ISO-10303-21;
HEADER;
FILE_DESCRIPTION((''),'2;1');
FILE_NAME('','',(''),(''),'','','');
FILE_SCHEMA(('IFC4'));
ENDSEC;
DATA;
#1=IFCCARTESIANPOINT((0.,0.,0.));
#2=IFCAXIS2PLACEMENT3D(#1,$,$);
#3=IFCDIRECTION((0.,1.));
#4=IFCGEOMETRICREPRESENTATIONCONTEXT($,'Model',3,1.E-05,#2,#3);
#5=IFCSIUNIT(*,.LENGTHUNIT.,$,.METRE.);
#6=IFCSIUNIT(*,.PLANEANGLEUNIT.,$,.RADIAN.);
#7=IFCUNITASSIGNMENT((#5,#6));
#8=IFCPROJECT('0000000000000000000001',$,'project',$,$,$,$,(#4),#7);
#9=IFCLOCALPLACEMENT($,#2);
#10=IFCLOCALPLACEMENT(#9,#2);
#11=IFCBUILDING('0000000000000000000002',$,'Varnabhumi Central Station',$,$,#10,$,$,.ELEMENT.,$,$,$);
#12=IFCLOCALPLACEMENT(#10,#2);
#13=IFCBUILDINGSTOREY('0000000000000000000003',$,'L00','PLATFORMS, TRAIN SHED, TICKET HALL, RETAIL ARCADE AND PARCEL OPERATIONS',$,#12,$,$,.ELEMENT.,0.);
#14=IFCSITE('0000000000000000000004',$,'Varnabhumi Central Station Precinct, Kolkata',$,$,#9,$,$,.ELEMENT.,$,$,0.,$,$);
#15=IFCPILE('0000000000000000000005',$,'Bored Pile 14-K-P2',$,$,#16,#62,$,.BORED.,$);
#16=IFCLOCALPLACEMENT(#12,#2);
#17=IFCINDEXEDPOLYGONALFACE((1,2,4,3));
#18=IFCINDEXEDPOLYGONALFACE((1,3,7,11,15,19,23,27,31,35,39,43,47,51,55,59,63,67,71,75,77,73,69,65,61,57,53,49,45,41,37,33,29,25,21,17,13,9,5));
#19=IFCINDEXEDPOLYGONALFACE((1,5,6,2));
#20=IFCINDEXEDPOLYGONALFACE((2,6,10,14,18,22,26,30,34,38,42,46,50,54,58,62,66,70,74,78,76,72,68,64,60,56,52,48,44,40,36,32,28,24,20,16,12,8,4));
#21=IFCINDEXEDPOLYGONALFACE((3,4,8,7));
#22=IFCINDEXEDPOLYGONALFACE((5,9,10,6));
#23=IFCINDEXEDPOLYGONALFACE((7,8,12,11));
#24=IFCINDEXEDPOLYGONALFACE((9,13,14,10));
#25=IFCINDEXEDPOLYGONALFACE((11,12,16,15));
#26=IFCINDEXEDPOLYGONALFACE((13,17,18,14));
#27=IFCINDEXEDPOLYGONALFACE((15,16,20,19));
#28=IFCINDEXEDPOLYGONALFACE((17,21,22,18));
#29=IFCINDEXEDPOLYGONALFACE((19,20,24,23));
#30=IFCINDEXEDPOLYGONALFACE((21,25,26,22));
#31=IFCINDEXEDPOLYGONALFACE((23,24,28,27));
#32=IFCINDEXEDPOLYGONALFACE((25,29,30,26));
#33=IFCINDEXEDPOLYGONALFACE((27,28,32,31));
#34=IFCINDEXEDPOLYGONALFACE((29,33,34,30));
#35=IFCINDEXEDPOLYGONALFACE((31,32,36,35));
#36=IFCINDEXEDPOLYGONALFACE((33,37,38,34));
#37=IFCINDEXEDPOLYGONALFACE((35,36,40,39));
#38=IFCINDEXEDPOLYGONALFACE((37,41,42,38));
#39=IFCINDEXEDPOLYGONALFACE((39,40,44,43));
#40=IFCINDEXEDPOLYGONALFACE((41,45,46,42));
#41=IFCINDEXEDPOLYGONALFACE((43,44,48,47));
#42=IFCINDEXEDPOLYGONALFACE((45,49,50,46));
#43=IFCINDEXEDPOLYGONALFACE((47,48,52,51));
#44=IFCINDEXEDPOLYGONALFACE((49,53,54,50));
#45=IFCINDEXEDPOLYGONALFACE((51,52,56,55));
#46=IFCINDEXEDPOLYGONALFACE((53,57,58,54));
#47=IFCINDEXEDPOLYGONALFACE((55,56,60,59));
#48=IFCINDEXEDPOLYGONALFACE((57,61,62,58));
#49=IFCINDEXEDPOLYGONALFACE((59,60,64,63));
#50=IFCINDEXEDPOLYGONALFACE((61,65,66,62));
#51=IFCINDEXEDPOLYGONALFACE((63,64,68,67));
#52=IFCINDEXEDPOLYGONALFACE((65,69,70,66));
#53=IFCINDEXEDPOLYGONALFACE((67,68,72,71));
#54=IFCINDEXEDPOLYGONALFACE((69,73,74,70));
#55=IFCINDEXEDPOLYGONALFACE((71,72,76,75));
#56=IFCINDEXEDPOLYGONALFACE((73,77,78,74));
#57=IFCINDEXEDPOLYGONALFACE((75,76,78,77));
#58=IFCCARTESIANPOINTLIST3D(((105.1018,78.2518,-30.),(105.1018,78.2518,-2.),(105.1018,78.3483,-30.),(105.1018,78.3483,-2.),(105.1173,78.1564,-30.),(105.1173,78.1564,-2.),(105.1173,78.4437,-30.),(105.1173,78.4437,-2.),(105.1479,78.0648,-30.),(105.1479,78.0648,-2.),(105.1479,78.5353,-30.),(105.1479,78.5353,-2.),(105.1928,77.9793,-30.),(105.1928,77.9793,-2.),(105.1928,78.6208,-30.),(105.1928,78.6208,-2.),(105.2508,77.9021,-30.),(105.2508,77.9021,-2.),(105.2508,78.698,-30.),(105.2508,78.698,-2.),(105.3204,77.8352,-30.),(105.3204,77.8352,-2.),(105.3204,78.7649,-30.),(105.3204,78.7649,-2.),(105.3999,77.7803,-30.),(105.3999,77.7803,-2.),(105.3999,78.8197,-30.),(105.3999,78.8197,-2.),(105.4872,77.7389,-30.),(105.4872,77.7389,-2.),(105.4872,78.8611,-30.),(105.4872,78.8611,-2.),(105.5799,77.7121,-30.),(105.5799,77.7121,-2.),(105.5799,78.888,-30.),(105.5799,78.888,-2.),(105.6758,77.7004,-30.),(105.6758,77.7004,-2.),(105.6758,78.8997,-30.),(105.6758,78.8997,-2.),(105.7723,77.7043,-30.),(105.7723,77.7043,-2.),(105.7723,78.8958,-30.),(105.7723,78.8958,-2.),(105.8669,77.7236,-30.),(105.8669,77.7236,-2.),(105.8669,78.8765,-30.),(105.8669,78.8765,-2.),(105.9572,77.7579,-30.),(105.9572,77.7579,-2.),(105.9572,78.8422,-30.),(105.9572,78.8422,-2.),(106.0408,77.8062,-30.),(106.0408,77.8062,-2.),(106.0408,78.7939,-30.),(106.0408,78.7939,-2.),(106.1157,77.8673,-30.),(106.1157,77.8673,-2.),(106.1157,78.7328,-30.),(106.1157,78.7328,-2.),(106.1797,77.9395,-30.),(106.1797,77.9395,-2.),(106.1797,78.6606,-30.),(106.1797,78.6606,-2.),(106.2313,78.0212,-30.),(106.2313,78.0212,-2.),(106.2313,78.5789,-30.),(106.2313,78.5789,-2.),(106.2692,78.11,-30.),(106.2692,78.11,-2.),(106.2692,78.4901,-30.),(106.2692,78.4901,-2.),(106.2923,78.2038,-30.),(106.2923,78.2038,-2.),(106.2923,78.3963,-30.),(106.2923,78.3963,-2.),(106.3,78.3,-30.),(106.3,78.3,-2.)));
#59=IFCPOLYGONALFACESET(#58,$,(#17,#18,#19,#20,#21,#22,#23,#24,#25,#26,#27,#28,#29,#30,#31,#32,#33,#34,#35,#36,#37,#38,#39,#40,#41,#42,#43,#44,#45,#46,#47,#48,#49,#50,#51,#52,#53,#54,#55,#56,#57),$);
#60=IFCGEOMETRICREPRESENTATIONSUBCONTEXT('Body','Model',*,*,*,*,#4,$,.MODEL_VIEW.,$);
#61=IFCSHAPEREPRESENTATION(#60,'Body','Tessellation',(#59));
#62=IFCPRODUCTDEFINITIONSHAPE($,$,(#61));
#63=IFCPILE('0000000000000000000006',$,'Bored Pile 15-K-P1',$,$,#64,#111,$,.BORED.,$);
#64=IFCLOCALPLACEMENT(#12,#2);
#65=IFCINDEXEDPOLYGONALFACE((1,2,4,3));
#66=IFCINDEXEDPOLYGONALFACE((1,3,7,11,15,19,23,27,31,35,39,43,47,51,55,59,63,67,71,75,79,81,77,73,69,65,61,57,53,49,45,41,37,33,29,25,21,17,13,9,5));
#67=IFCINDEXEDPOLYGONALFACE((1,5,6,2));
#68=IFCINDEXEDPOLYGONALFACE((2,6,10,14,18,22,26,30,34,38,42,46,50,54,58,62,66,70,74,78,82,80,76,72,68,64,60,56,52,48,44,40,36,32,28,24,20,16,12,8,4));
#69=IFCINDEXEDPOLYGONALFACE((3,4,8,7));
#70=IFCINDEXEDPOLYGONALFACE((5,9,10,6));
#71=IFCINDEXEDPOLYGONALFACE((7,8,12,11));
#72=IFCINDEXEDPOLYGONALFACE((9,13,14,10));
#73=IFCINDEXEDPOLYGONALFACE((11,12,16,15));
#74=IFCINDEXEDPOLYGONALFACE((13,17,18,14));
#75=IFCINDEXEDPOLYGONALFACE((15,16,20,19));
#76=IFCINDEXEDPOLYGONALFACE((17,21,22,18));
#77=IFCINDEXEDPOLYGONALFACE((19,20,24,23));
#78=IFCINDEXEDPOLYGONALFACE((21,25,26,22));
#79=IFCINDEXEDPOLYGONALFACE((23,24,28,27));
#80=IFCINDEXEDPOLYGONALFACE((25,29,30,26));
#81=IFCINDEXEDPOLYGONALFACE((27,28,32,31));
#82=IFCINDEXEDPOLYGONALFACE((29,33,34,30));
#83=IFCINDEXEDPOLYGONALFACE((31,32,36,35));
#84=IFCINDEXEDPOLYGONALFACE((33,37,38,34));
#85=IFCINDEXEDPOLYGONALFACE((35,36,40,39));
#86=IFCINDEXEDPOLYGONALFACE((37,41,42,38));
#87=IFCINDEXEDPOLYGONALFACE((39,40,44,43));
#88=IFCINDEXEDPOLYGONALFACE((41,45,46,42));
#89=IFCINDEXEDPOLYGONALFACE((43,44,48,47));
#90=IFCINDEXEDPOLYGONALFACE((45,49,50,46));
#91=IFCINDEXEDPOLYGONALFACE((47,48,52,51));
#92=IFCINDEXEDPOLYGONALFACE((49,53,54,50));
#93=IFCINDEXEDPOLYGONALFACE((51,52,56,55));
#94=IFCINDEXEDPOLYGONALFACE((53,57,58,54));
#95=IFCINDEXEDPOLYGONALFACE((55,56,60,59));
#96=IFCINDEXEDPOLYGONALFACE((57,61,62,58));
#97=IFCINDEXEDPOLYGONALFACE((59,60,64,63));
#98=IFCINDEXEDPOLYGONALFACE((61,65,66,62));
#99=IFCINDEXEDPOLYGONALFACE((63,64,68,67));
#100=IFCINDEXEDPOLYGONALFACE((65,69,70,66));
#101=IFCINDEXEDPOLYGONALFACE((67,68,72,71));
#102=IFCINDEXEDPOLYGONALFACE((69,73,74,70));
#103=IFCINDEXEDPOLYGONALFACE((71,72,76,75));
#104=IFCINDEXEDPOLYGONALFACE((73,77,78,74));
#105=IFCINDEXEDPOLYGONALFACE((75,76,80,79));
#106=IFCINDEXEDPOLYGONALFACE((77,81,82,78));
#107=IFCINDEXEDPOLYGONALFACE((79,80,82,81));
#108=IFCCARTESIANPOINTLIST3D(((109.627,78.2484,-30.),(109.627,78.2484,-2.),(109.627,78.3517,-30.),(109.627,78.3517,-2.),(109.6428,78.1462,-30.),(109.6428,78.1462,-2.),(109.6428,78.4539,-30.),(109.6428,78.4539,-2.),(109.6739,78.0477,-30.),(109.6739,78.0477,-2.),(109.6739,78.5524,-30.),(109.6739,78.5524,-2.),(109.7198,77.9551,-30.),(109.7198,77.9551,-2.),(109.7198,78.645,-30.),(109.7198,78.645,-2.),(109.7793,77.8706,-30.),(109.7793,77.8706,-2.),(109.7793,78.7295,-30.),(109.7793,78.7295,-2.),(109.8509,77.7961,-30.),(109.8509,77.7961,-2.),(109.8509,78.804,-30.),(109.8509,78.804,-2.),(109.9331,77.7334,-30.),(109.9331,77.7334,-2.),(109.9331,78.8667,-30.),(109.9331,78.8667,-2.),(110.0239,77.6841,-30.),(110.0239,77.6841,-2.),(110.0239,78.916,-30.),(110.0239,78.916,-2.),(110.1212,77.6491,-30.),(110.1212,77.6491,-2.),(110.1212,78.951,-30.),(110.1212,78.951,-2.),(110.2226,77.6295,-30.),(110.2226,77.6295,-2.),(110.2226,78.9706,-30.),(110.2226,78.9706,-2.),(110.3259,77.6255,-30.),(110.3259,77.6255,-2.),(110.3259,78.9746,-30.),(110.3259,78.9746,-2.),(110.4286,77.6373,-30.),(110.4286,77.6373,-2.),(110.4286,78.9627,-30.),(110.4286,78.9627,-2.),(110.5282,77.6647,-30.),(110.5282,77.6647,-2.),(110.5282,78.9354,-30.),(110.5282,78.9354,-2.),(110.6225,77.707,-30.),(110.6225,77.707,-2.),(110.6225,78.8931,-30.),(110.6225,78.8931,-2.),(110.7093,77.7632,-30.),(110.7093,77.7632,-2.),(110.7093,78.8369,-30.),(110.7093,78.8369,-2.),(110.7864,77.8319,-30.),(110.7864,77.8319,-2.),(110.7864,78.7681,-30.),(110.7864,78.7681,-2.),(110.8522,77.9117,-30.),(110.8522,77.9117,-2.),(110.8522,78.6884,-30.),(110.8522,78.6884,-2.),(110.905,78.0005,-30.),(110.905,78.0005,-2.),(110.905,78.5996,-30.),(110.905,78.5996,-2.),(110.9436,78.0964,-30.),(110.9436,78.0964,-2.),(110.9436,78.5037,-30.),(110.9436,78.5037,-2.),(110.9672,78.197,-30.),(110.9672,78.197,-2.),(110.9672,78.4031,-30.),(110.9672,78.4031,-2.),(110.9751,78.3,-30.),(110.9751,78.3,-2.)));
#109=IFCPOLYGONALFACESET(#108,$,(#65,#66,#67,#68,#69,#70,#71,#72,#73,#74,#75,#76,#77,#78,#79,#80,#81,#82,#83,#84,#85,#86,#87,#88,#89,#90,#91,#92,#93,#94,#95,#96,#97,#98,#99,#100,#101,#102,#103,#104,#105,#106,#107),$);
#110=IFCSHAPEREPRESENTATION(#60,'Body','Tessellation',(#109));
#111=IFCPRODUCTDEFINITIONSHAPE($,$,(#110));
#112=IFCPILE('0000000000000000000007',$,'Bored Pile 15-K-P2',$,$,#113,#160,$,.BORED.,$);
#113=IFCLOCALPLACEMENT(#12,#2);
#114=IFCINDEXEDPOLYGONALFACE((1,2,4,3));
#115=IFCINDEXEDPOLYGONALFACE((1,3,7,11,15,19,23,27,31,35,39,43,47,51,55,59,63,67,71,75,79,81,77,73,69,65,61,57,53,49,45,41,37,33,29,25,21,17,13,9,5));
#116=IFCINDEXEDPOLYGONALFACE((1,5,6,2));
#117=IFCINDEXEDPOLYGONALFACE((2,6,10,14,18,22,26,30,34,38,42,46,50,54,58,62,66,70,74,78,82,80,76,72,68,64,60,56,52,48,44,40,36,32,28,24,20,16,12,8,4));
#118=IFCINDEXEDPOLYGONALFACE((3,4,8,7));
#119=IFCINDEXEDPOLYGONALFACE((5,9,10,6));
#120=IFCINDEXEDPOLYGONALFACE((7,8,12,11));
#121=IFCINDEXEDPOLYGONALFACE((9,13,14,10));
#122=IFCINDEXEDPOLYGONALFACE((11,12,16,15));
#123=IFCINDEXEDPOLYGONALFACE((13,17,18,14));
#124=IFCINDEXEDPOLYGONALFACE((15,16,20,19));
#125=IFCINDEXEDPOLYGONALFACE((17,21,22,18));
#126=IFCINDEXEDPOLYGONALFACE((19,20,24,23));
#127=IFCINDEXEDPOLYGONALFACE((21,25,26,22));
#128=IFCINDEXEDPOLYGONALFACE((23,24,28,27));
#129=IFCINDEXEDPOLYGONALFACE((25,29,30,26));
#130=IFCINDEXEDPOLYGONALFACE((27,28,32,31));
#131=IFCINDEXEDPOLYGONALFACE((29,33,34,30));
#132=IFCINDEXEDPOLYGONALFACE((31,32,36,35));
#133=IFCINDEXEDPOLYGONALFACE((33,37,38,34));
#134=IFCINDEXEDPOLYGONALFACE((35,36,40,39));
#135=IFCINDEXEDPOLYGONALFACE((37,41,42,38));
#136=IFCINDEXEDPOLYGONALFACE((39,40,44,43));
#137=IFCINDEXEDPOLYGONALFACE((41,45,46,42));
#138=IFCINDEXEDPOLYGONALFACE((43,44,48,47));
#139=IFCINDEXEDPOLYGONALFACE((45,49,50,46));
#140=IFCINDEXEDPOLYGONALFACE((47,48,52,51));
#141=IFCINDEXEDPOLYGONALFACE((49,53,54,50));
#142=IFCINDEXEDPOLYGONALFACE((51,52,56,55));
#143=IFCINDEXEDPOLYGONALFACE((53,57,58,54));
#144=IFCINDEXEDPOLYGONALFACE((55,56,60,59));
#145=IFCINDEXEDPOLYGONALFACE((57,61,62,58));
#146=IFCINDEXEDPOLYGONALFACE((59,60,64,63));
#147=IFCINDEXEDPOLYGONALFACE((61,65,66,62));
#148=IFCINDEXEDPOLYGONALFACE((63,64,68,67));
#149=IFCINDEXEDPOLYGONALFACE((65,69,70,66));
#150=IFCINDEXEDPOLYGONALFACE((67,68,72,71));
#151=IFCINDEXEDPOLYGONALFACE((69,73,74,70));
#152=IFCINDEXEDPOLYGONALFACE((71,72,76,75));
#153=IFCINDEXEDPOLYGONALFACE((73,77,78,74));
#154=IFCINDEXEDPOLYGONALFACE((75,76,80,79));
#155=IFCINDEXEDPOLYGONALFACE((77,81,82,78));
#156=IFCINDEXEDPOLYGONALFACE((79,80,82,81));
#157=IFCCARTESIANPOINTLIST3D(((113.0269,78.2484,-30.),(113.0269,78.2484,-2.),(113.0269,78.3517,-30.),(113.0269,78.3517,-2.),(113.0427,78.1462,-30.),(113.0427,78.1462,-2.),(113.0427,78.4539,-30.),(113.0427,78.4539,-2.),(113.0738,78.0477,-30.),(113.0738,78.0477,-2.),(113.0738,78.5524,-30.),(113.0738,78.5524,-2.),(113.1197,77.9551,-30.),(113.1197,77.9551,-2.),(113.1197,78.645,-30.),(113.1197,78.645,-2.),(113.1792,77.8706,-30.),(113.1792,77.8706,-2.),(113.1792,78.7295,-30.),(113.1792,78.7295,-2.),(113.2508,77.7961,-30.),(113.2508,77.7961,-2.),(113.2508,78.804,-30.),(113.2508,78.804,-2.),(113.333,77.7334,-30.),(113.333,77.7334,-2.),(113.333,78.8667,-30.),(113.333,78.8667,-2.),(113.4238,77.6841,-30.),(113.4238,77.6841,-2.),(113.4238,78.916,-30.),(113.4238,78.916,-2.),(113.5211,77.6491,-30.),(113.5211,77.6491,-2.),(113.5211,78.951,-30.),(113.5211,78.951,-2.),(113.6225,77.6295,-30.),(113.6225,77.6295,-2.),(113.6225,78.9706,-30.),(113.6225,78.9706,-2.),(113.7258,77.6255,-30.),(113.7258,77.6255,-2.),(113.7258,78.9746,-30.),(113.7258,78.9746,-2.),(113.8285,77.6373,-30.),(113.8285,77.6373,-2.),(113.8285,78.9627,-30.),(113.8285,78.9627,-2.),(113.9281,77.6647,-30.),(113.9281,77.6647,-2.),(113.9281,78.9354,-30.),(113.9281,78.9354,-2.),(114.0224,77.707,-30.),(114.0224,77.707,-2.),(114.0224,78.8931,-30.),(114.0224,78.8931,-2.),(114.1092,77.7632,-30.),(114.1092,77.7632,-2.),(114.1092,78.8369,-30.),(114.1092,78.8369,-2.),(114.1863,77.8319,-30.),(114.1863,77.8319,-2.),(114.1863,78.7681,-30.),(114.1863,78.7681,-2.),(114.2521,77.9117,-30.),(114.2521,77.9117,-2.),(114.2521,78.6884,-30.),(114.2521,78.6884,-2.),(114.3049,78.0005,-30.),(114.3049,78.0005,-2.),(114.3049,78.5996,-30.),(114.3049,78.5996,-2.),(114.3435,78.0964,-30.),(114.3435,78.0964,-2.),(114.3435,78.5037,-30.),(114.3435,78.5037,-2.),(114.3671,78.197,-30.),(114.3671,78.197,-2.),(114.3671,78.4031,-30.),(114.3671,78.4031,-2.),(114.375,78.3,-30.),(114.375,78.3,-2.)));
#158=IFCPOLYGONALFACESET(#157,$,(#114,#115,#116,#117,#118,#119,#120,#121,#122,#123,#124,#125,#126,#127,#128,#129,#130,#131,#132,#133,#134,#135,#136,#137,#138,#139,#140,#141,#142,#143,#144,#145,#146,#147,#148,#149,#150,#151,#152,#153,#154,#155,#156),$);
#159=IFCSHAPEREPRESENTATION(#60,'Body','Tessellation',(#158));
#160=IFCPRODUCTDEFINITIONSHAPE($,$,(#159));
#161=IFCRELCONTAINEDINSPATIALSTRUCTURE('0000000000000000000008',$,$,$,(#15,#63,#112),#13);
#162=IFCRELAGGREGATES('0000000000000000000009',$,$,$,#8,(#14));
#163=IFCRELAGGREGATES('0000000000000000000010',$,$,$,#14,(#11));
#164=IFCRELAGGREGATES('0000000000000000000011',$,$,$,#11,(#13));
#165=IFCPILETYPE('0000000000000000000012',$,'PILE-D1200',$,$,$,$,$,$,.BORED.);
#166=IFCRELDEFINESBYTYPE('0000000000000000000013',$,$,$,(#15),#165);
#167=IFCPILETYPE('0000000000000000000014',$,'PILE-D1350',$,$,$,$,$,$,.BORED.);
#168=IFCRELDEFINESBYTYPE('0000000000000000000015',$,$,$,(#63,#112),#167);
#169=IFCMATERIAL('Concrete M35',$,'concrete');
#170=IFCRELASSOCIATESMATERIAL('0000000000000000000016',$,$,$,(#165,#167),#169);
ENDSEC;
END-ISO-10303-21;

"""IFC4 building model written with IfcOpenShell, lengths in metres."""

from ifc_helpers import new_model, si_unit, direction, frame, origin, origin_2d, place, context, subcontext, project, spatial, circle, extrude, material, material_profile, profile_set, type_object, element, save


model = new_model("IFC4")

# Units and contexts
model_context = context("Model", 3, precision=1e-05, world=origin(), true_north=direction((0.0, 1.0)))
body_context = subcontext(model_context, "Body", "Model", "MODEL_VIEW")
ifc_project = project(units=[si_unit("LENGTHUNIT", "METRE"), si_unit("PLANEANGLEUNIT", "RADIAN")], contexts=[model_context])

# Site, building, storey
site_placement = place(None, origin())
site = spatial("IfcSite", under=ifc_project, at=site_placement, Name="Varnabhumi Central Station Precinct, Kolkata", CompositionType="ELEMENT", RefElevation=0.0)
building_placement = place(site_placement, origin())
building = spatial("IfcBuilding", under=site, at=building_placement, Name="Varnabhumi Central Station", CompositionType="ELEMENT")
storey_placement = place(building_placement, origin())
storey = spatial("IfcBuildingStorey", under=building, at=storey_placement, Name="L00", Description="PLATFORMS, TRAIN SHED, TICKET HALL, RETAIL ARCADE AND PARCEL OPERATIONS", CompositionType="ELEMENT", Elevation=0.0)

# Piles
ifc_material_1 = material(Name="Concrete M35", Category="concrete")
ifc_material_profile_1 = material_profile(ifc_material_1, circle(Radius=0.6001, at=origin_2d()), Name="Concrete M35", Category="concrete")
ifc_profile_set_1 = profile_set([ifc_material_profile_1], Name="Concrete M35")
pile_type_1 = type_object("IfcPileType", Name="PILE-D1200", PredefinedType="BORED", material=ifc_profile_set_1)
for number, where, z_axis, x_axis, name in (
    (1, (105.7, 78.3, -2.0), (0.0, 0.0, -1.0), (1.0, 0.0, 0.0), "Bored Pile 14-K-P2"),
):
    element("IfcPile", number, at=place(storey_placement, frame(where, z_axis=z_axis, x_axis=x_axis)), inside=storey, type_object=pile_type_1, Name=name, PredefinedType="BORED", context=body_context, shape_type="SweptSolid", body=[
        extrude(circle(Radius=0.6001, at=origin_2d()), origin(), (0.0, 0.0, 1.0), 28.0),
    ])
ifc_material_profile_2 = material_profile(ifc_material_1, circle(Radius=0.675, at=origin_2d()), Name="Concrete M35", Category="concrete")
ifc_profile_set_2 = profile_set([ifc_material_profile_2], Name="Concrete M35")
pile_type_2 = type_object("IfcPileType", Name="PILE-D1350", PredefinedType="BORED", material=ifc_profile_set_2)
for number, where, z_axis, x_axis, name in (
    (2, (110.3, 78.3, -2.0), (0.0, 0.0, -1.0), (1.0, 0.0, 0.0), "Bored Pile 15-K-P1"),
    (3, (113.7, 78.3, -2.0), (0.0, 0.0, -1.0), (1.0, 0.0, 0.0), "Bored Pile 15-K-P2"),
):
    element("IfcPile", number, at=place(storey_placement, frame(where, z_axis=z_axis, x_axis=x_axis)), inside=storey, type_object=pile_type_2, Name=name, PredefinedType="BORED", context=body_context, shape_type="SweptSolid", body=[
        extrude(circle(Radius=0.675, at=origin_2d()), origin(), (0.0, 0.0, 1.0), 28.0),
    ])

save(model, "model.ifc")
